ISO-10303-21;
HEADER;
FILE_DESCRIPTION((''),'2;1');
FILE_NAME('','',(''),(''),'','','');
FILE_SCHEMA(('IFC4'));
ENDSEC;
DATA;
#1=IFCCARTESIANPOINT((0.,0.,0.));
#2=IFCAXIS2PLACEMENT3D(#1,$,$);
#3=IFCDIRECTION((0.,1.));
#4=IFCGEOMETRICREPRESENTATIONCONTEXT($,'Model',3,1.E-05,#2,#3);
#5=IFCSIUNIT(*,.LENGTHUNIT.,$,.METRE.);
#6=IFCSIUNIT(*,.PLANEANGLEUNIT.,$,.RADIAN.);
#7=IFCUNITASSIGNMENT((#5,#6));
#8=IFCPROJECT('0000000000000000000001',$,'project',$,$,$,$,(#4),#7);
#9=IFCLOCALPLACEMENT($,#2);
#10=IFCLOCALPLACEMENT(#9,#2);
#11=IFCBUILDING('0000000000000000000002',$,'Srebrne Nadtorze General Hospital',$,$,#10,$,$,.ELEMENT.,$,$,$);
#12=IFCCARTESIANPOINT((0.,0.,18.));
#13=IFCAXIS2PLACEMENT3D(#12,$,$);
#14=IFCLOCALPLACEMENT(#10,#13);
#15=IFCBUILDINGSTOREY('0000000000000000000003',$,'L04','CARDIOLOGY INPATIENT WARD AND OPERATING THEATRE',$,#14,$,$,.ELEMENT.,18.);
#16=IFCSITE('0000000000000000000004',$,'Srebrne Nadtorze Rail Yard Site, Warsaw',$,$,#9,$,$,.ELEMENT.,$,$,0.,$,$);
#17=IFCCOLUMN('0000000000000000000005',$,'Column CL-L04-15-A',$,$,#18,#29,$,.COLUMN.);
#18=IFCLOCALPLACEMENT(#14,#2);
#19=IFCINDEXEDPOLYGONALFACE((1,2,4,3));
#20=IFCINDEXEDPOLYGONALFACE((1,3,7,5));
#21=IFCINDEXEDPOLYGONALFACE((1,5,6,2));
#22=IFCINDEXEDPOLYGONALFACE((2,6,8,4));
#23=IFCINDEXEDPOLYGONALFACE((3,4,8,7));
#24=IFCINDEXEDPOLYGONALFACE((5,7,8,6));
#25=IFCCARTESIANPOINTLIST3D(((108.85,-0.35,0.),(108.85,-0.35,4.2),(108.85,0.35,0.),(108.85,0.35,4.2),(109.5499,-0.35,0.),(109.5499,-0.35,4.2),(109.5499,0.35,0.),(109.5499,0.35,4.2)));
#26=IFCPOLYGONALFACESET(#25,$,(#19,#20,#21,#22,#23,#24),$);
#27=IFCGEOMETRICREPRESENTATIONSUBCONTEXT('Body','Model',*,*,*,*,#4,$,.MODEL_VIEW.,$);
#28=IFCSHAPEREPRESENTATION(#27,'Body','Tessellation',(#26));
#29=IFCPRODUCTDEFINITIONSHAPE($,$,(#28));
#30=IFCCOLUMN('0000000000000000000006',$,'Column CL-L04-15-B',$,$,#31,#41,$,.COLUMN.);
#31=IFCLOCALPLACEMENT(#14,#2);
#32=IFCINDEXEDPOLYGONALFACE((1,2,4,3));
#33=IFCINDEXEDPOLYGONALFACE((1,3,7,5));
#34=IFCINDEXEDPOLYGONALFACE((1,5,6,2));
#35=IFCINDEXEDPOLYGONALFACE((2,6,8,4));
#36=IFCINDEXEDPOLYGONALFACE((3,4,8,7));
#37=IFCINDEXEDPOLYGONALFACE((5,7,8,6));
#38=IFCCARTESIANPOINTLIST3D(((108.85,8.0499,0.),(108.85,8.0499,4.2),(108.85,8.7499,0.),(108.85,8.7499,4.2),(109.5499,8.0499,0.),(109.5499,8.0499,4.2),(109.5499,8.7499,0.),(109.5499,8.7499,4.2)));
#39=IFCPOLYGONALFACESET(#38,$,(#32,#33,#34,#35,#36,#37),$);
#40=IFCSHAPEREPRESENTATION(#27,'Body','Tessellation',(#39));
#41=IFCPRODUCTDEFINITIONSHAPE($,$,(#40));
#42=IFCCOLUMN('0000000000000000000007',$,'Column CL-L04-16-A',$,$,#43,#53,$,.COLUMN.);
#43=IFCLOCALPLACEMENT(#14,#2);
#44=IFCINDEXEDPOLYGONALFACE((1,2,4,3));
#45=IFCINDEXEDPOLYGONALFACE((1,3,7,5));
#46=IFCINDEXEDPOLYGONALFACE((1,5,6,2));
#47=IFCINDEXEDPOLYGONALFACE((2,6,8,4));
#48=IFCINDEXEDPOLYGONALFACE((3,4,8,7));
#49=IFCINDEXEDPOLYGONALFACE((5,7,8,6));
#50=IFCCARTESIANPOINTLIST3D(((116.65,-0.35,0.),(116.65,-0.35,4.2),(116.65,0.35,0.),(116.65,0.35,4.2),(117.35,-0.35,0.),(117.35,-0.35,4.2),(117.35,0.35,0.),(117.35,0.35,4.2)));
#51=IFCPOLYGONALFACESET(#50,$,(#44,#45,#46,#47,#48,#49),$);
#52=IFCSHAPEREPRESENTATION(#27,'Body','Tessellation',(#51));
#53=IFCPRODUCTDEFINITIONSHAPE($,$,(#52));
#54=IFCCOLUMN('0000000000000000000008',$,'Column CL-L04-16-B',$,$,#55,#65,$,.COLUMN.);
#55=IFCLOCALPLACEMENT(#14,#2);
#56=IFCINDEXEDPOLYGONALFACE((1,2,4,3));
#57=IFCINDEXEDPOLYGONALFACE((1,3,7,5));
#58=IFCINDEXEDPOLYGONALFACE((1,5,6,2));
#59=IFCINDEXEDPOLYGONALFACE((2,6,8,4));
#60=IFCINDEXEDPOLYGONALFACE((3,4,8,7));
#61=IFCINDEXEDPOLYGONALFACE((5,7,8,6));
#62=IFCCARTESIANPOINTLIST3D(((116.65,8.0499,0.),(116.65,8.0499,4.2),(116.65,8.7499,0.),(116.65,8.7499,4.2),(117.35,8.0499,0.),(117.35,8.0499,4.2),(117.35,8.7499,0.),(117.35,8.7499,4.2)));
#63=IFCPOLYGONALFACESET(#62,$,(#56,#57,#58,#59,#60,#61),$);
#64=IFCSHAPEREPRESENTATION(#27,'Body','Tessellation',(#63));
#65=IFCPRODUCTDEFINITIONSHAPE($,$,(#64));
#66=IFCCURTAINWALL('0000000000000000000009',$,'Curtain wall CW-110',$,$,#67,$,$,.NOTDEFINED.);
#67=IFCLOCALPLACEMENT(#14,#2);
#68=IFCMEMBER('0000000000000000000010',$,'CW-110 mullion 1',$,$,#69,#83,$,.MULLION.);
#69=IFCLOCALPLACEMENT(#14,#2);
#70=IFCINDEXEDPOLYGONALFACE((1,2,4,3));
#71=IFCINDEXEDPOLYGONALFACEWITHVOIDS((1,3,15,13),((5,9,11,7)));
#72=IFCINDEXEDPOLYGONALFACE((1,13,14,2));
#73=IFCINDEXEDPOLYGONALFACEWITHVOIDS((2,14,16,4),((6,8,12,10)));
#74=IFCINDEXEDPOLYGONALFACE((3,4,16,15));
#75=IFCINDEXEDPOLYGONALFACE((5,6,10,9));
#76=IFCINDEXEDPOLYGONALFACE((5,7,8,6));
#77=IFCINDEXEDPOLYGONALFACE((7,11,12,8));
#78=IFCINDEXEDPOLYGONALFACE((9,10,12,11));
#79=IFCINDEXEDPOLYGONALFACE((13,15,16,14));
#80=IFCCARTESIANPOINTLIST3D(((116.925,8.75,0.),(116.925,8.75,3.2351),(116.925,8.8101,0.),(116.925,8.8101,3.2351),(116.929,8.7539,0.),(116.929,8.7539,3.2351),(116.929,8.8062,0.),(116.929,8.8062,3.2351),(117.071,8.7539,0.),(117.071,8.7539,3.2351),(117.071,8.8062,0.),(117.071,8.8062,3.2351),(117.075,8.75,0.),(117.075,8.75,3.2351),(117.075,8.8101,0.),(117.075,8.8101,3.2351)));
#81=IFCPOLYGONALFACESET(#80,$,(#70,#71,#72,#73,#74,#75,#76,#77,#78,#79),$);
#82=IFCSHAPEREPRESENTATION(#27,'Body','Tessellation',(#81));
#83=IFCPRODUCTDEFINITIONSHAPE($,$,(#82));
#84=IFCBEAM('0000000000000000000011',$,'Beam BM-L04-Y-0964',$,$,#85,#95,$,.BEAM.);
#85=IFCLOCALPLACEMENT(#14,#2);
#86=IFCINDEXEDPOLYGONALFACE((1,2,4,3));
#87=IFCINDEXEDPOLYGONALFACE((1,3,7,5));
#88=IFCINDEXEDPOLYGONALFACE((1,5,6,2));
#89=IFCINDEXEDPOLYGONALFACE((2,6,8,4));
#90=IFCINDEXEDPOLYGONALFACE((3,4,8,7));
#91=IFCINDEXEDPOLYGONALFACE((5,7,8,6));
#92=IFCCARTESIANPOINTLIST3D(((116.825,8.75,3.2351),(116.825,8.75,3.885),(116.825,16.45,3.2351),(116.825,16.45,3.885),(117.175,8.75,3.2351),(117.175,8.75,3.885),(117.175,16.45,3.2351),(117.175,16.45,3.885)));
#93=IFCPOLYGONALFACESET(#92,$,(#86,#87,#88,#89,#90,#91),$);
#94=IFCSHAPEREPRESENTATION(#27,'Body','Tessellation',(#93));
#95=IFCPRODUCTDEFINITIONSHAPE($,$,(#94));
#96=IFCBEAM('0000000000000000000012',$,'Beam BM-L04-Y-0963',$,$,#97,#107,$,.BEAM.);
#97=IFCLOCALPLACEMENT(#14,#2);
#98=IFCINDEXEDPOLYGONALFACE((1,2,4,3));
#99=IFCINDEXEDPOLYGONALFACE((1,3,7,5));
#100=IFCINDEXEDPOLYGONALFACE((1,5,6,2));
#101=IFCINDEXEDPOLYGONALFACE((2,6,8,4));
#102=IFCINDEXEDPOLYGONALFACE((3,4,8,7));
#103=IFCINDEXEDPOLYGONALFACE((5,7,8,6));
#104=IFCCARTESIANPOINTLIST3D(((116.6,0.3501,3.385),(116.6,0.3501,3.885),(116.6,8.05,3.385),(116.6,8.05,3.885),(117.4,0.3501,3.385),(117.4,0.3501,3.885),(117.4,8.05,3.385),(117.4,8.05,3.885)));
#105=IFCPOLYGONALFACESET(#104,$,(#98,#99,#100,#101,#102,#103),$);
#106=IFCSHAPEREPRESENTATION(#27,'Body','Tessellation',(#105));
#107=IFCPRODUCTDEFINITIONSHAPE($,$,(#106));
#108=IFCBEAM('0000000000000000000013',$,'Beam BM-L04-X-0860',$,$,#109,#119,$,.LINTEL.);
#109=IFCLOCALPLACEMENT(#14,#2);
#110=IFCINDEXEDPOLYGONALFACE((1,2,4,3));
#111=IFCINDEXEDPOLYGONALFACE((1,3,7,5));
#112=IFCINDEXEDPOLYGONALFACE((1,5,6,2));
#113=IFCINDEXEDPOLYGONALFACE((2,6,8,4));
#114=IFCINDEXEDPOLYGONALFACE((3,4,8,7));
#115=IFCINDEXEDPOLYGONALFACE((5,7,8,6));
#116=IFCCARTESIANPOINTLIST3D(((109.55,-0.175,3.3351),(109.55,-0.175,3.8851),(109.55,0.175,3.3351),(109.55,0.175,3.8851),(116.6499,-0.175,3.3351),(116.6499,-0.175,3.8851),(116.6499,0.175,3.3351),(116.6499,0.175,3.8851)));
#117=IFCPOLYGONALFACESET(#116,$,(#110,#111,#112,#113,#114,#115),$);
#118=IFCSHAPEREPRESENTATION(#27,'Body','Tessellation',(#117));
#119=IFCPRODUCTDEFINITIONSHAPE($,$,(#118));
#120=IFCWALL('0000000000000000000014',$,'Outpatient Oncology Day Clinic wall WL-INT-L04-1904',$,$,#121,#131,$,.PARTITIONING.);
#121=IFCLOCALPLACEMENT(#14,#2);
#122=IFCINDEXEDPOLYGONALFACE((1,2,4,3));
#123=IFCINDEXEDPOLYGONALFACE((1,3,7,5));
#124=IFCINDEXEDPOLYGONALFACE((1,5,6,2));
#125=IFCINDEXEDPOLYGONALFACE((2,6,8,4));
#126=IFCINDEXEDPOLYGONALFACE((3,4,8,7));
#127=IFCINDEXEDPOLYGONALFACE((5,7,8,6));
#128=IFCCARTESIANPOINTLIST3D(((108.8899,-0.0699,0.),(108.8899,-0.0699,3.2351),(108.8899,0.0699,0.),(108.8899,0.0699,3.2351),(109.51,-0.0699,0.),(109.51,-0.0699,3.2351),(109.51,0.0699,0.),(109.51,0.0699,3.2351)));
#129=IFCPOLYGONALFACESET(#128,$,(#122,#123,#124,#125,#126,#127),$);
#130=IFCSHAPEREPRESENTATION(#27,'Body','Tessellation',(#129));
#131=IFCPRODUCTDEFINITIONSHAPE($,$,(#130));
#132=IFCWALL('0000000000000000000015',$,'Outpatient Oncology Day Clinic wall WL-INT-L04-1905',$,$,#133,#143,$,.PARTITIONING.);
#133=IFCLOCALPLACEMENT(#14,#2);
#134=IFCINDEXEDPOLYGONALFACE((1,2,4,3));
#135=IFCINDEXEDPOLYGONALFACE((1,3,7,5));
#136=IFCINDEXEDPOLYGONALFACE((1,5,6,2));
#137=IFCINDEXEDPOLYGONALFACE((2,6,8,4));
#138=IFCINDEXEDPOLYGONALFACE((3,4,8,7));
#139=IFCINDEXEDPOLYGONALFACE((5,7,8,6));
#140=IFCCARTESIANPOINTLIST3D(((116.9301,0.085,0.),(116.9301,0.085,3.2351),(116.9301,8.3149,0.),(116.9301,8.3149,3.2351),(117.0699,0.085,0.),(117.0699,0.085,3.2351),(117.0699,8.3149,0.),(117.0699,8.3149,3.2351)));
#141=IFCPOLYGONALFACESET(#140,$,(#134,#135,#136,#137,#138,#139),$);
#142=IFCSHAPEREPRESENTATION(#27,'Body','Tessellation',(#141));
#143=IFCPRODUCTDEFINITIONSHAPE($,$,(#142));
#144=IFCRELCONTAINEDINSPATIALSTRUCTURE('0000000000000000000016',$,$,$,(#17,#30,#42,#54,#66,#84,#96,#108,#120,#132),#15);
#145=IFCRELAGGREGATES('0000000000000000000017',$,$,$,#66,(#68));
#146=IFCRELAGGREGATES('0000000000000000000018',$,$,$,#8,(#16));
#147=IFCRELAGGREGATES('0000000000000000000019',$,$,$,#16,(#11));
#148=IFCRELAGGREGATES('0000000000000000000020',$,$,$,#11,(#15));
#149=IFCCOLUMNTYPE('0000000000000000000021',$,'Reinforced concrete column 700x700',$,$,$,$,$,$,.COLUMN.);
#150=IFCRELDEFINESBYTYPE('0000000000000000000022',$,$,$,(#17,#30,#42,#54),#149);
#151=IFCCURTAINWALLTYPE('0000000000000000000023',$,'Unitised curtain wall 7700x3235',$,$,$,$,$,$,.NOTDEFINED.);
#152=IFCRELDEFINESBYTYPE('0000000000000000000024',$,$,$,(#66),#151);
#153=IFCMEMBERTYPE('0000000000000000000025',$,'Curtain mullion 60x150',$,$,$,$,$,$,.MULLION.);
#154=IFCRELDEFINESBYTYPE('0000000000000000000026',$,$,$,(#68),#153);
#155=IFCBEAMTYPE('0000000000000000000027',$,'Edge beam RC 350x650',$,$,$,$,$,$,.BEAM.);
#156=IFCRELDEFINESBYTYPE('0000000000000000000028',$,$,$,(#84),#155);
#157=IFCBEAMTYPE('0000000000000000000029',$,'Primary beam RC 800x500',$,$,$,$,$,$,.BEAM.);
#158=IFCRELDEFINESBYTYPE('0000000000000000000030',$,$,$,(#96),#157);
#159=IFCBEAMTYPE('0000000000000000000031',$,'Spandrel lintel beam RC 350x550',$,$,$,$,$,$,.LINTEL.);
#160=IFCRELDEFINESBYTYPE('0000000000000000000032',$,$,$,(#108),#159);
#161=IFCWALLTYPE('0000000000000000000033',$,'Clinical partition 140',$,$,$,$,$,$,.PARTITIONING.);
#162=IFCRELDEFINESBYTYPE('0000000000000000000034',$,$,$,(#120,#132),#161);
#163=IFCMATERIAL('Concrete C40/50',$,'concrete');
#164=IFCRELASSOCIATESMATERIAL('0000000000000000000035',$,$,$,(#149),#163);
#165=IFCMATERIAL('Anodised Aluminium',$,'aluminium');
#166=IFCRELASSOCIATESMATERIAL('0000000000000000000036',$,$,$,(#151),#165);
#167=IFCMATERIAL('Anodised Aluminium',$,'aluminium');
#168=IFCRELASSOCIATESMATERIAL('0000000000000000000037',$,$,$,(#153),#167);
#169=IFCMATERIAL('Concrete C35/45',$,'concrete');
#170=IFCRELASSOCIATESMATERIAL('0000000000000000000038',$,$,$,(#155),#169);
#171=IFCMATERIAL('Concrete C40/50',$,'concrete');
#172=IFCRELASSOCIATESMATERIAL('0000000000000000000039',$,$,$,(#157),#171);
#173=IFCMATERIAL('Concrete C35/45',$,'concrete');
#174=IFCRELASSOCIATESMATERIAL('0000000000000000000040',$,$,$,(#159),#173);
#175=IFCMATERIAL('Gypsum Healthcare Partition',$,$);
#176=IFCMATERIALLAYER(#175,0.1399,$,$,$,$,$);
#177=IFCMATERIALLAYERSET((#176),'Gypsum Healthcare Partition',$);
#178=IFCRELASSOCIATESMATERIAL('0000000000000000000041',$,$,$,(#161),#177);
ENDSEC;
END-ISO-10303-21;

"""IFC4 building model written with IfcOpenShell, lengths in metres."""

from ifc_helpers import new_model, si_unit, direction, frame, frame_2d, origin, origin_2d, place, context, subcontext, project, spatial, rectangle, hollow_rectangle, extrude, material, layer, layer_set, material_profile, profile_set, type_object, element, aggregate, save


model = new_model("IFC4")

# Units and contexts
model_context = context("Model", 3, precision=1e-05, world=origin(), true_north=direction((0.0, 1.0)))
body_context = subcontext(model_context, "Body", "Model", "MODEL_VIEW")
ifc_project = project(units=[si_unit("LENGTHUNIT", "METRE"), si_unit("PLANEANGLEUNIT", "RADIAN")], contexts=[model_context])

# Site, building, storey
site_placement = place(None, origin())
site = spatial("IfcSite", under=ifc_project, at=site_placement, Name="Srebrne Nadtorze Rail Yard Site, Warsaw", CompositionType="ELEMENT", RefElevation=0.0)
building_placement = place(site_placement, origin())
building = spatial("IfcBuilding", under=site, at=building_placement, Name="Srebrne Nadtorze General Hospital", CompositionType="ELEMENT")
storey_placement = place(building_placement, frame((0.0, 0.0, 18.0)))
storey = spatial("IfcBuildingStorey", under=building, at=storey_placement, Name="L04", Description="CARDIOLOGY INPATIENT WARD AND OPERATING THEATRE", CompositionType="ELEMENT", Elevation=18.0)

# Columns
ifc_material_1 = material(Name="Concrete C40/50", Category="concrete")
ifc_material_profile_1 = material_profile(ifc_material_1, rectangle(XDim=0.7, YDim=0.7, at=origin_2d()), Name="RC-COL-700x700")
ifc_profile_set_1 = profile_set([ifc_material_profile_1], Name="Concrete C40/50")
column_type = type_object("IfcColumnType", Name="Reinforced concrete column 700x700", PredefinedType="COLUMN", material=ifc_profile_set_1)
for number, where, z_axis, x_axis, name in (
    (1, (109.2, 0.0, 0.0), (0.0, 0.0, 1.0), (1.0, 0.0, 0.0), "Column CL-L04-15-A"),
    (2, (109.2, 8.3999, 0.0), (0.0, 0.0, 1.0), (1.0, 0.0, 0.0), "Column CL-L04-15-B"),
    (3, (117.0, 0.0, 0.0), (0.0, 0.0, 1.0), (1.0, 0.0, 0.0), "Column CL-L04-16-A"),
    (4, (117.0, 8.3999, 0.0), (0.0, 0.0, 1.0), (1.0, 0.0, 0.0), "Column CL-L04-16-B"),
):
    element("IfcColumn", number, at=place(storey_placement, frame(where, z_axis=z_axis, x_axis=x_axis)), inside=storey, type_object=column_type, Name=name, PredefinedType="COLUMN", context=body_context, shape_type="SweptSolid", body=[
        extrude(rectangle(XDim=0.7, YDim=0.7, at=origin_2d()), origin(), (0.0, 0.0, 1.0), 4.2),
    ])

# Curtain wall, member
ifc_material_2 = material(Name="Anodised Aluminium", Category="aluminium")
curtain_wall_type = type_object("IfcCurtainWallType", Name="Unitised curtain wall 7700x3235", PredefinedType="NOTDEFINED", material=ifc_material_2)
curtain_wall_placement = place(storey_placement, origin())
curtain_wall = element("IfcCurtainWall", 5, at=curtain_wall_placement, inside=storey, type_object=curtain_wall_type, Name="Curtain wall CW-110", PredefinedType="NOTDEFINED")
ifc_material_3 = material(Name="Anodised Aluminium", Category="aluminium")
ifc_material_profile_2 = material_profile(ifc_material_3, hollow_rectangle(XDim=0.0601, YDim=0.1499, WallThickness=0.0039, at=origin_2d()), Name="AL-MUL-60x150")
ifc_profile_set_2 = profile_set([ifc_material_profile_2], Name="Anodised Aluminium")
member_type = type_object("IfcMemberType", Name="Curtain mullion 60x150", PredefinedType="MULLION", material=ifc_profile_set_2)
member_placement = place(storey_placement, frame((117.0, 8.78, 0.0), z_axis=(0.0, 0.0, 1.0), x_axis=(0.0, 1.0, 0.0)))
member = element("IfcMember", 6, at=member_placement, type_object=member_type, Name="CW-110 mullion 1", PredefinedType="MULLION", context=body_context, shape_type="SweptSolid", body=[
    extrude(hollow_rectangle(XDim=0.0601, YDim=0.1499, WallThickness=0.0039, at=origin_2d()), origin(), (0.0, 0.0, 1.0), 3.2351),
])
aggregate(curtain_wall, [member])

# Beams
ifc_material_4 = material(Name="Concrete C35/45", Category="concrete")
ifc_material_profile_3 = material_profile(ifc_material_4, rectangle(XDim=0.3501, YDim=0.6499, at=origin_2d()), Name="RC-BM-350x650")
ifc_profile_set_3 = profile_set([ifc_material_profile_3], Name="Concrete C35/45")
beam_type_1 = type_object("IfcBeamType", Name="Edge beam RC 350x650", PredefinedType="BEAM", material=ifc_profile_set_3)
beam_1_placement = place(storey_placement, frame((117.0, 8.75, 3.5601), z_axis=(0.0, 1.0, 0.0), x_axis=(-1.0, 0.0, 0.0)))
element("IfcBeam", 7, at=beam_1_placement, inside=storey, type_object=beam_type_1, Name="Beam BM-L04-Y-0964", PredefinedType="BEAM", context=body_context, shape_type="SweptSolid", body=[
    extrude(rectangle(XDim=0.3501, YDim=0.6499, at=origin_2d()), origin(), (0.0, 0.0, 1.0), 7.7),
])
ifc_material_5 = material(Name="Concrete C40/50", Category="concrete")
ifc_material_profile_4 = material_profile(ifc_material_5, rectangle(XDim=0.8, YDim=0.5, at=origin_2d()), Name="RC-BM-800x500")
ifc_profile_set_4 = profile_set([ifc_material_profile_4], Name="Concrete C40/50")
beam_type_2 = type_object("IfcBeamType", Name="Primary beam RC 800x500", PredefinedType="BEAM", material=ifc_profile_set_4)
beam_2_placement = place(storey_placement, frame((117.0, 0.3501, 3.635), z_axis=(0.0, 1.0, 0.0), x_axis=(-1.0, 0.0, 0.0)))
element("IfcBeam", 8, at=beam_2_placement, inside=storey, type_object=beam_type_2, Name="Beam BM-L04-Y-0963", PredefinedType="BEAM", context=body_context, shape_type="SweptSolid", body=[
    extrude(rectangle(XDim=0.8, YDim=0.5, at=origin_2d()), origin(), (0.0, 0.0, 1.0), 7.7),
])
ifc_material_6 = material(Name="Concrete C35/45", Category="concrete")
ifc_material_profile_5 = material_profile(ifc_material_6, rectangle(XDim=0.3501, YDim=0.55, at=origin_2d()), Name="RC-BM-350x550")
ifc_profile_set_5 = profile_set([ifc_material_profile_5], Name="Concrete C35/45")
beam_type_3 = type_object("IfcBeamType", Name="Spandrel lintel beam RC 350x550", PredefinedType="LINTEL", material=ifc_profile_set_5)
beam_3_placement = place(storey_placement, frame((109.55, 0.0, 3.6101), z_axis=(1.0, 0.0, 0.0), x_axis=(0.0, 1.0, 0.0)))
element("IfcBeam", 9, at=beam_3_placement, inside=storey, type_object=beam_type_3, Name="Beam BM-L04-X-0860", PredefinedType="LINTEL", context=body_context, shape_type="SweptSolid", body=[
    extrude(rectangle(XDim=0.3501, YDim=0.55, at=origin_2d()), origin(), (0.0, 0.0, 1.0), 7.0999),
])

# Walls
ifc_material_7 = material(Name="Gypsum Healthcare Partition")
ifc_layer_1 = layer(ifc_material_7, 0.1399)
ifc_layer_set_1 = layer_set([ifc_layer_1], Name="Gypsum Healthcare Partition")
wall_type_1 = type_object("IfcWallType", Name="Clinical partition 140", PredefinedType="PARTITIONING", material=ifc_layer_set_1)
wall_1_placement = place(storey_placement, frame((108.8899, 0.0, 0.0), z_axis=(0.0, 0.0, 1.0), x_axis=(1.0, 0.0, 0.0)))
element("IfcWall", 10, at=wall_1_placement, inside=storey, type_object=wall_type_1, Name="Outpatient Oncology Day Clinic wall WL-INT-L04-1904", PredefinedType="PARTITIONING", context=body_context, shape_type="SweptSolid", body=[
    extrude(rectangle(XDim=0.6201, YDim=0.1399, at=frame_2d((0.3101, 0.0))), origin(), (0.0, 0.0, 1.0), 3.2351),
])
wall_2_placement = place(storey_placement, frame((117.0, 0.085, 0.0), z_axis=(0.0, 0.0, 1.0), x_axis=(0.0, 1.0, 0.0)))
element("IfcWall", 11, at=wall_2_placement, inside=storey, type_object=wall_type_1, Name="Outpatient Oncology Day Clinic wall WL-INT-L04-1905", PredefinedType="PARTITIONING", context=body_context, shape_type="SweptSolid", body=[
    extrude(rectangle(XDim=8.23, YDim=0.1399, at=frame_2d((4.115, 0.0))), origin(), (0.0, 0.0, 1.0), 3.2351),
])

save(model, "model.ifc")
